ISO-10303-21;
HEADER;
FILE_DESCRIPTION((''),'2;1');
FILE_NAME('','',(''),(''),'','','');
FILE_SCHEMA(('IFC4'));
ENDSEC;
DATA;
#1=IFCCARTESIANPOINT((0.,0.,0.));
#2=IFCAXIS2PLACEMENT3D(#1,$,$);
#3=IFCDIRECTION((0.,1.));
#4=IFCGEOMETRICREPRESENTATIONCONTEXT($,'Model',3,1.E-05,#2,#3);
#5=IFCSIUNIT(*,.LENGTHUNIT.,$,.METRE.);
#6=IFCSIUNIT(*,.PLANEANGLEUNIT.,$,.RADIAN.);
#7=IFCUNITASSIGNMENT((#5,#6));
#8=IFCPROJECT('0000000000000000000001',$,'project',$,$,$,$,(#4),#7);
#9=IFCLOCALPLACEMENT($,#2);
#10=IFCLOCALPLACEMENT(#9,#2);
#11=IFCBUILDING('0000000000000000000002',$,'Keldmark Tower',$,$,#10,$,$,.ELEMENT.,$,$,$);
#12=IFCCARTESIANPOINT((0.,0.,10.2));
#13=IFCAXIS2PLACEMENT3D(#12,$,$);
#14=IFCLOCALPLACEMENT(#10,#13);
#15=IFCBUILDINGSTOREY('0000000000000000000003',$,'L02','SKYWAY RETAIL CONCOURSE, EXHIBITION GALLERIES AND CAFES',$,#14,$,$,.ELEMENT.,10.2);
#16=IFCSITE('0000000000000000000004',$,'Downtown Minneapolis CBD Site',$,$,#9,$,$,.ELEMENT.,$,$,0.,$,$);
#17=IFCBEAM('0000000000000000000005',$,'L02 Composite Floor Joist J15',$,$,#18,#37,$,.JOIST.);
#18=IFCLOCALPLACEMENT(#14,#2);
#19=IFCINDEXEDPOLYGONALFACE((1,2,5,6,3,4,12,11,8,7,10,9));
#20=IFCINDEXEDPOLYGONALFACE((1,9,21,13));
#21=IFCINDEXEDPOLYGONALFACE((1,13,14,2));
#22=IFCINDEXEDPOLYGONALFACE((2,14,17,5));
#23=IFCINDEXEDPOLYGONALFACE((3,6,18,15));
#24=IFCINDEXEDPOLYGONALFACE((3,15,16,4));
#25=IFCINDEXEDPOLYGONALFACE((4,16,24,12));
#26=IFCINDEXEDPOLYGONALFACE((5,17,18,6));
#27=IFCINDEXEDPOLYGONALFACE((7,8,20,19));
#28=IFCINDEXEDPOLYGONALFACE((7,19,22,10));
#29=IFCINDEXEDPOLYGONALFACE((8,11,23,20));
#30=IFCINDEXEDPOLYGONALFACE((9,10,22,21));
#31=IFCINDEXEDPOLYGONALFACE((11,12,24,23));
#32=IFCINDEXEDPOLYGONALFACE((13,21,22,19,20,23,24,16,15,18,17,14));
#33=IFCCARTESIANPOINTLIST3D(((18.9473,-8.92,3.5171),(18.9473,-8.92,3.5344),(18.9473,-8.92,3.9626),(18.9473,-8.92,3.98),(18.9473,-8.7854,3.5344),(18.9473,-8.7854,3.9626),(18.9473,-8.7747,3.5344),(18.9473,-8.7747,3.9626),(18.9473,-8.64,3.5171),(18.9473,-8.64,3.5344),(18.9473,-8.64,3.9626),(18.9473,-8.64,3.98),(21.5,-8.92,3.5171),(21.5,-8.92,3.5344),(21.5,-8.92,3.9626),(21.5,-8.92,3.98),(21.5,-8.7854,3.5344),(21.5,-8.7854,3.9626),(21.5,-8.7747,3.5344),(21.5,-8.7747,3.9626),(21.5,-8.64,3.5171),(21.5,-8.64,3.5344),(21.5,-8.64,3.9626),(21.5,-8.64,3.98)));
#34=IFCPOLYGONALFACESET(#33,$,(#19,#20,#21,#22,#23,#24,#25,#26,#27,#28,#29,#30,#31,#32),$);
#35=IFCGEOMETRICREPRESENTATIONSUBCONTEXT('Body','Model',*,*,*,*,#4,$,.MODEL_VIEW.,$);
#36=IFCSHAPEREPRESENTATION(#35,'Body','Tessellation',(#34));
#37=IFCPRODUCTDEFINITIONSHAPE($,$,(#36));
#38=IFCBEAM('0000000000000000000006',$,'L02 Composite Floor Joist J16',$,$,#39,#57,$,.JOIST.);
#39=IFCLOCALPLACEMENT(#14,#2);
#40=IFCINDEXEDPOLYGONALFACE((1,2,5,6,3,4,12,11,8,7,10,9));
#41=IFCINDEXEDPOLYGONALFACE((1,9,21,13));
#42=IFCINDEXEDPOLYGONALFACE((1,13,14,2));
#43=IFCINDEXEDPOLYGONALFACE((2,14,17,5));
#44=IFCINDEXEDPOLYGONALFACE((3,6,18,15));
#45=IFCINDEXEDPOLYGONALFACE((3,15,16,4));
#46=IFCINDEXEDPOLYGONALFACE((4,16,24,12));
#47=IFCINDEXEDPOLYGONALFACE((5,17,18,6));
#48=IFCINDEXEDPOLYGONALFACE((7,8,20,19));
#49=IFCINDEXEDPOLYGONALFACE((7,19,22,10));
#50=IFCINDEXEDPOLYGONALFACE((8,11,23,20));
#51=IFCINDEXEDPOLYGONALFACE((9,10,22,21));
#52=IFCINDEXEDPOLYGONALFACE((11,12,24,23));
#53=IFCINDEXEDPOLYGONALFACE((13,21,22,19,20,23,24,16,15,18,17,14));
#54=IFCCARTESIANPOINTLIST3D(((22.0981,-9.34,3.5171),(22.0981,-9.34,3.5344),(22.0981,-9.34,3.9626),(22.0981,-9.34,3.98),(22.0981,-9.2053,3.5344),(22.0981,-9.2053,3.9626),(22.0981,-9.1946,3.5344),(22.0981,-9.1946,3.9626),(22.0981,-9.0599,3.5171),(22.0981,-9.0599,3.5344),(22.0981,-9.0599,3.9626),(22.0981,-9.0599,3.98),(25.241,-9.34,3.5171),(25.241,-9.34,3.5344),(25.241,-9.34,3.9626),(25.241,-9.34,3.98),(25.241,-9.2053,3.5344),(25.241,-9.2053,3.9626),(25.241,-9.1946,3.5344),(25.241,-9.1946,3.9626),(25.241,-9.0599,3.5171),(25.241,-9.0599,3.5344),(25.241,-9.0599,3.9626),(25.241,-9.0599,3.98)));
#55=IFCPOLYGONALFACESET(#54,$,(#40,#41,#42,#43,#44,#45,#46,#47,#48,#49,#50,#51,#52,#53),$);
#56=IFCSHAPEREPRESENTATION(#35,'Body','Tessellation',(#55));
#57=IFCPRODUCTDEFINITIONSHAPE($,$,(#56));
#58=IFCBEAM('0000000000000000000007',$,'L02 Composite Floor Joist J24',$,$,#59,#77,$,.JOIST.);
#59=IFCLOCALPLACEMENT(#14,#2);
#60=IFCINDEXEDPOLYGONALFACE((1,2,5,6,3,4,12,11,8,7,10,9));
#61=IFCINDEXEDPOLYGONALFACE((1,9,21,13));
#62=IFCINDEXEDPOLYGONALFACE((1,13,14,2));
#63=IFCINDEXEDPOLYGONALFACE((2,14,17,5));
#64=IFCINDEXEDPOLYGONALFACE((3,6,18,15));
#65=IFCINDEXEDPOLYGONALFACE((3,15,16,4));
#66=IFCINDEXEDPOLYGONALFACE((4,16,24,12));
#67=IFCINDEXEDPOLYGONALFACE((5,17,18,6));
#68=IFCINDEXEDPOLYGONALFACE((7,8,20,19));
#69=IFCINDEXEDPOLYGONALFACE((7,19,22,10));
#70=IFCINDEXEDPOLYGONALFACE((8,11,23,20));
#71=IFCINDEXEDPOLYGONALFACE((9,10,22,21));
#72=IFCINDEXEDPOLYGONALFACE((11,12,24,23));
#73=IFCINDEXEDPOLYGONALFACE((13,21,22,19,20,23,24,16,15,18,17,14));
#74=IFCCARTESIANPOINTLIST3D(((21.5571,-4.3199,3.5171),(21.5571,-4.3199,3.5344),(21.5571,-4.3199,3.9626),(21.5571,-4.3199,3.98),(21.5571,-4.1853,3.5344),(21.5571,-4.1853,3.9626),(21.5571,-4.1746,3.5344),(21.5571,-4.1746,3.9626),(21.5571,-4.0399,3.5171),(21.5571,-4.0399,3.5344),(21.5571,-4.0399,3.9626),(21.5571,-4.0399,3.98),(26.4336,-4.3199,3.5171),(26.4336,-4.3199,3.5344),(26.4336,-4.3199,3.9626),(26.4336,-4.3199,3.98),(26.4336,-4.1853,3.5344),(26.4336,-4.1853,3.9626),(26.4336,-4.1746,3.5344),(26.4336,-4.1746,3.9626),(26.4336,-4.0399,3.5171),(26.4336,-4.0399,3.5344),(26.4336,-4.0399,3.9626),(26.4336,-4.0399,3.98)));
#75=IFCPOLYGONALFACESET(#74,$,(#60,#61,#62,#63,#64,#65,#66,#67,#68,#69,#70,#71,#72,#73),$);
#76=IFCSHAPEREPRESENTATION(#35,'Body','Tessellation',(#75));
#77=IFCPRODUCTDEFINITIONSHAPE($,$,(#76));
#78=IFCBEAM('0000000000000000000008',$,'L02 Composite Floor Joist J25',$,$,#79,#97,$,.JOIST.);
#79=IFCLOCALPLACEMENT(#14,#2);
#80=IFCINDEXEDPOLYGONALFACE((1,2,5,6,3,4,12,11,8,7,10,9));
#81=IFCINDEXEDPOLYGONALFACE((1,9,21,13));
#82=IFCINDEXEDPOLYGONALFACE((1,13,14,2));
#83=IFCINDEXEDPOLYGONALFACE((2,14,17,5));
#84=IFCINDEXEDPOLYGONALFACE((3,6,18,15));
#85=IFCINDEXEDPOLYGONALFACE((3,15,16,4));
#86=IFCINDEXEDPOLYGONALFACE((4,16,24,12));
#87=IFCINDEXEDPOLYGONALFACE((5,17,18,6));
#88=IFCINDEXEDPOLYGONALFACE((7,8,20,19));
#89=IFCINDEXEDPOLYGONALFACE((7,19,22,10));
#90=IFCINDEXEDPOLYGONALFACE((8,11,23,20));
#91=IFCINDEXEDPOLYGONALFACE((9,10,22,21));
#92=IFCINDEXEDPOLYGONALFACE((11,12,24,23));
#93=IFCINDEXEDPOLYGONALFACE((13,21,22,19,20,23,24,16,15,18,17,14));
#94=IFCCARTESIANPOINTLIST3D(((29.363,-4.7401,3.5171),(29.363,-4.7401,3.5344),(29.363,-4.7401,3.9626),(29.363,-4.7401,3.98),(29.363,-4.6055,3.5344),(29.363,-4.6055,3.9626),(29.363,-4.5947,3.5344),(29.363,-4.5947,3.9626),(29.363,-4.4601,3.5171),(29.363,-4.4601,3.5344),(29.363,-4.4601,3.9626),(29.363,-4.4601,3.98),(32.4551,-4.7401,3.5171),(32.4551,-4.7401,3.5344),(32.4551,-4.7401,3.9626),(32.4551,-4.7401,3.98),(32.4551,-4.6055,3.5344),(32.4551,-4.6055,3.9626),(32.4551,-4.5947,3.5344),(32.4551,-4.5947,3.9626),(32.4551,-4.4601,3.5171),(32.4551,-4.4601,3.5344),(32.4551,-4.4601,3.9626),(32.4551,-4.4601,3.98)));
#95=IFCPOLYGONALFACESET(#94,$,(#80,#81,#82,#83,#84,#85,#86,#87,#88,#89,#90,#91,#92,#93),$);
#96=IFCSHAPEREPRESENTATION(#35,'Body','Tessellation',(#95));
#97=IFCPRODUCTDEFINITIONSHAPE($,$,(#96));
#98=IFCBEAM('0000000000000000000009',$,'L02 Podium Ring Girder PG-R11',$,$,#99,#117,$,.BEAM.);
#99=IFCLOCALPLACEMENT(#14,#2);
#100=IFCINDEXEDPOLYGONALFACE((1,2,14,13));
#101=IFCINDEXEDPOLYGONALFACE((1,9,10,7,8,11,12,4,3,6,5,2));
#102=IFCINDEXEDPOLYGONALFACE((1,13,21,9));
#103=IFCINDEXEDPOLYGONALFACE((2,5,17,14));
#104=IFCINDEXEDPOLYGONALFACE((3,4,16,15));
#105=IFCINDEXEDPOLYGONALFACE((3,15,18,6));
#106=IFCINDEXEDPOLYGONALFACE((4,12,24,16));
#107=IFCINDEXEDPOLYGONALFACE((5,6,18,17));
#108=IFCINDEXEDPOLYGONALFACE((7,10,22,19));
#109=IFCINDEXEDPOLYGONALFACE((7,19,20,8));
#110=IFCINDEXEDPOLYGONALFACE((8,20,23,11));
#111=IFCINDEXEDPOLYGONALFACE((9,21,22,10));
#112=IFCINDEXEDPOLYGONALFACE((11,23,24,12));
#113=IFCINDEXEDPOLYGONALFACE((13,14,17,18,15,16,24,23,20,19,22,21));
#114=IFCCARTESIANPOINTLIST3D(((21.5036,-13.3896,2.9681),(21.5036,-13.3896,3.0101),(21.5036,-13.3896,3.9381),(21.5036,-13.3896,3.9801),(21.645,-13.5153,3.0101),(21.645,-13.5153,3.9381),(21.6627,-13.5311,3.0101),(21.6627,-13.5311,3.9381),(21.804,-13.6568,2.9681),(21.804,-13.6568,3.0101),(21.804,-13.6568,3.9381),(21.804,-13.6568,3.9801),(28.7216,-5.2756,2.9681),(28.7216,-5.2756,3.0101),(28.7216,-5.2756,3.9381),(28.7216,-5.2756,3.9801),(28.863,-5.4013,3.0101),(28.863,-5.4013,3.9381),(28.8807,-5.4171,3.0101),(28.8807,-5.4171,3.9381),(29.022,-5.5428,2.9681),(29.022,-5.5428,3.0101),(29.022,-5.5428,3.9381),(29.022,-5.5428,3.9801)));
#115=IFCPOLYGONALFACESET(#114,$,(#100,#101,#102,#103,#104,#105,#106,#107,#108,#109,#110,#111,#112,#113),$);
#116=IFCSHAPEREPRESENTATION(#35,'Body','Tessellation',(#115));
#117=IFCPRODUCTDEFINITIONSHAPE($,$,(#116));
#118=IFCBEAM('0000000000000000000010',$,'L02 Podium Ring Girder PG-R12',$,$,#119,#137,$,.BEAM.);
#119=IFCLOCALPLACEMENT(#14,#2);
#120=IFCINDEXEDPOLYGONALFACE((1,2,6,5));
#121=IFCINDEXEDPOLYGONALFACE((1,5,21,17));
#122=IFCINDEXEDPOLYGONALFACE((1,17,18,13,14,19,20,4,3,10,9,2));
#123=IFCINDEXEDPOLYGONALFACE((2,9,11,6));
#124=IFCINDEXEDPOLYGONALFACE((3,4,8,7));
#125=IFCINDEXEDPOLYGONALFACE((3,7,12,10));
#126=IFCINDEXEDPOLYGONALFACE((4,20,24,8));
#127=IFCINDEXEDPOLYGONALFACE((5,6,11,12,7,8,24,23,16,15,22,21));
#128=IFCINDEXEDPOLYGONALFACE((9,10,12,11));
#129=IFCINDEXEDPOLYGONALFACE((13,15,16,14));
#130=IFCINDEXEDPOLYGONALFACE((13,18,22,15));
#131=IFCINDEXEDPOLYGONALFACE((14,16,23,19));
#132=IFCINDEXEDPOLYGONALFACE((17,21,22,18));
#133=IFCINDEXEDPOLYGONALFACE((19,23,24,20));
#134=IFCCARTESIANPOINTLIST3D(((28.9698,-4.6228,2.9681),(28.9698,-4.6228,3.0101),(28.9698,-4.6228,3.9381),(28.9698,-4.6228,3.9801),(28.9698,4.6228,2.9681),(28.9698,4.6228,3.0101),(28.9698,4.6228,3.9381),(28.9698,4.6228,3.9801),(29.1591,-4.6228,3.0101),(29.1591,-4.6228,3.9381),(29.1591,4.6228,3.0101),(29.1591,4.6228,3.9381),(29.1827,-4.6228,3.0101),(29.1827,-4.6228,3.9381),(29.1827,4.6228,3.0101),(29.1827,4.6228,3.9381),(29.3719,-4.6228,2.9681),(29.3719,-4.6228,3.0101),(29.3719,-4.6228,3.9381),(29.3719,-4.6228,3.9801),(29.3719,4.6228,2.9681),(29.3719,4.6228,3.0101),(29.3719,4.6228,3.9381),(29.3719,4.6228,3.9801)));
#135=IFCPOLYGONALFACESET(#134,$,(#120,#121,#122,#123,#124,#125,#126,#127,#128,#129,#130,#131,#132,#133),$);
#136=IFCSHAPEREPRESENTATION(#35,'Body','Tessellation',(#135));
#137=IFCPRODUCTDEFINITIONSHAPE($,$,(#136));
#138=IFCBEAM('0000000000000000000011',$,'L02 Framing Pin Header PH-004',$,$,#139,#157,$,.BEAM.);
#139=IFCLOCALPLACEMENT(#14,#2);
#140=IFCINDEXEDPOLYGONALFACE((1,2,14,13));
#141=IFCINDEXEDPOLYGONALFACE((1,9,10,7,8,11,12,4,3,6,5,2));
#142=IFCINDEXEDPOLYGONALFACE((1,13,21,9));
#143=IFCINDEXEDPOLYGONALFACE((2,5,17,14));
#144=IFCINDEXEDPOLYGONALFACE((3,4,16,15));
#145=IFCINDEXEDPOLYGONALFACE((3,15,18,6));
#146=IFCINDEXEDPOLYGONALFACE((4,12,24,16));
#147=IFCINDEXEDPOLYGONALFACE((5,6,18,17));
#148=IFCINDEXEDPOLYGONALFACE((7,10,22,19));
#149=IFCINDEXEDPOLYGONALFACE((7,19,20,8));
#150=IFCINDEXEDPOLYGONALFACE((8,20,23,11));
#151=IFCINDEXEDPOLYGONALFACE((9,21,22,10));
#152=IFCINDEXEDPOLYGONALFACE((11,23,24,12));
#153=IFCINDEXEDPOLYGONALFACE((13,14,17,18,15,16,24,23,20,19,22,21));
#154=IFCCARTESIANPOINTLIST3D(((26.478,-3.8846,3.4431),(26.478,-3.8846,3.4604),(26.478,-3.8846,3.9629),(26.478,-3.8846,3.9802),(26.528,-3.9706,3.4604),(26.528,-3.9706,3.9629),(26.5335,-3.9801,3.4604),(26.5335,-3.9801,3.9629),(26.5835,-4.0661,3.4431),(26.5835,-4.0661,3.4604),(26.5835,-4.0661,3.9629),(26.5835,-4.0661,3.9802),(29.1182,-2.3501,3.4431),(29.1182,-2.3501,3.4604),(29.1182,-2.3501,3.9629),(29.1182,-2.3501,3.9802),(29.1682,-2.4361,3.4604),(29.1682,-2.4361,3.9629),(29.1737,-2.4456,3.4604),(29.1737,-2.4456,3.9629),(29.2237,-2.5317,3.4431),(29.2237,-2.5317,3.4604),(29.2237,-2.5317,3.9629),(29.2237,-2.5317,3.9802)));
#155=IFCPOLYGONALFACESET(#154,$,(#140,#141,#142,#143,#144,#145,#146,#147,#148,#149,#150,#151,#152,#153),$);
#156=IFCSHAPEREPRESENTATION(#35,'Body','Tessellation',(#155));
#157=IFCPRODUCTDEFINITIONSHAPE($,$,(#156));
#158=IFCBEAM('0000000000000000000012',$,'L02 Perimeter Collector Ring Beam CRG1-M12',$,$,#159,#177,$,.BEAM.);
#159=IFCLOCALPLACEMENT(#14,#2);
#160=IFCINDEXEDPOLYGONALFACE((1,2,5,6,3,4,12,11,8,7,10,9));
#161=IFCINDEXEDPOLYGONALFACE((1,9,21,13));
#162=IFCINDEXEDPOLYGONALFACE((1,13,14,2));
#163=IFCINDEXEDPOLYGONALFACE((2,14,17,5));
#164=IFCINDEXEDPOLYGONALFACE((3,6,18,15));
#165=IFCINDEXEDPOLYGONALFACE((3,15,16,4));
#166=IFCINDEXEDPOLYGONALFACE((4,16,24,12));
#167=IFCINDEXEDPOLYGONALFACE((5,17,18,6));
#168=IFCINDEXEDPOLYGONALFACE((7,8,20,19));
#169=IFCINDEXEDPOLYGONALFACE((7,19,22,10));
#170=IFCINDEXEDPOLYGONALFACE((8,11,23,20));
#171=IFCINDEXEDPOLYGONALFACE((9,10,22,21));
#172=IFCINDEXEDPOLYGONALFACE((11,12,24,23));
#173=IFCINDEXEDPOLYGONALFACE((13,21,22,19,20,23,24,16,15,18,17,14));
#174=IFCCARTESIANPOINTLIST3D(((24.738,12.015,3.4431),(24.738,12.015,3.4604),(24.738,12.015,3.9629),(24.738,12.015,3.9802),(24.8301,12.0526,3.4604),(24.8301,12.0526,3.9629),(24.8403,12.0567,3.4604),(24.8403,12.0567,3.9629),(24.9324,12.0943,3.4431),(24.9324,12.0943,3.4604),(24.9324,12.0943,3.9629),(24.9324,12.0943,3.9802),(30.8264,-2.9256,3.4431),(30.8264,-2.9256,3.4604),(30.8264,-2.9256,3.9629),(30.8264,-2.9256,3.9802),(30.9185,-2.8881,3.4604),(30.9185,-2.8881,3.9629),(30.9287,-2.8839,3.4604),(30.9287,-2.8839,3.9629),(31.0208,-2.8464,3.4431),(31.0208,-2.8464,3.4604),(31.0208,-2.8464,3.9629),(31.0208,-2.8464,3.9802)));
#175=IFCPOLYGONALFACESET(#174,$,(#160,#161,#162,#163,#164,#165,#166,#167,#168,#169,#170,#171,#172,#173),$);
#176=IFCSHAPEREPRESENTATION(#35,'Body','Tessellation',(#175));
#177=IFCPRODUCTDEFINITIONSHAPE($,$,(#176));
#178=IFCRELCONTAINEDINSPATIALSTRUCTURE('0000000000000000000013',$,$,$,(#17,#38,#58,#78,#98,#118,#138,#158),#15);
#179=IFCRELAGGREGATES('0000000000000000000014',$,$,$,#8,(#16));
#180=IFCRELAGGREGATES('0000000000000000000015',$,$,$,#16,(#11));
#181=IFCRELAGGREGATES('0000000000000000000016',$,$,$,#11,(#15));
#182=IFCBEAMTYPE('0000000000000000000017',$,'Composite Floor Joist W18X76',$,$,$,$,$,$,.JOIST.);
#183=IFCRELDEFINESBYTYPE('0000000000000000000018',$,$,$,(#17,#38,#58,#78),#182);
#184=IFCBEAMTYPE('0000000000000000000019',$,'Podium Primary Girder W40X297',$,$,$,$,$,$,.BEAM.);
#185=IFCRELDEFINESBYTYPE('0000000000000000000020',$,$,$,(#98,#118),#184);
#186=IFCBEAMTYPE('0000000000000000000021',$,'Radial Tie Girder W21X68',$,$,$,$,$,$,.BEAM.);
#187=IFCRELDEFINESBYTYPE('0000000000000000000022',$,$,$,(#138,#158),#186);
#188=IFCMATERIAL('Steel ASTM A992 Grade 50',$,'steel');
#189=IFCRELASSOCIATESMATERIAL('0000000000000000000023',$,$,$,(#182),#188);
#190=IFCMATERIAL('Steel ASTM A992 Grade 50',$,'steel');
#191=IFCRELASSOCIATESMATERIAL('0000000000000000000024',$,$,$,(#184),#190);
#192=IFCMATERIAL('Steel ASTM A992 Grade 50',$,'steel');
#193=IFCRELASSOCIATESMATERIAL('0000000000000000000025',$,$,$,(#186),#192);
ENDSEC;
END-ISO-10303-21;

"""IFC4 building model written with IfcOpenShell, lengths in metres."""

from ifc_helpers import new_model, si_unit, direction, frame, origin, origin_2d, place, context, subcontext, project, spatial, i_section, extrude, material, material_profile, profile_set, type_object, element, save


model = new_model("IFC4")

# Units and contexts
model_context = context("Model", 3, precision=1e-05, world=origin(), true_north=direction((0.0, 1.0)))
body_context = subcontext(model_context, "Body", "Model", "MODEL_VIEW")
ifc_project = project(units=[si_unit("LENGTHUNIT", "METRE"), si_unit("PLANEANGLEUNIT", "RADIAN")], contexts=[model_context])

# Site, building, storey
site_placement = place(None, origin())
site = spatial("IfcSite", under=ifc_project, at=site_placement, Name="Downtown Minneapolis CBD Site", CompositionType="ELEMENT", RefElevation=0.0)
building_placement = place(site_placement, origin())
building = spatial("IfcBuilding", under=site, at=building_placement, Name="Keldmark Tower", CompositionType="ELEMENT")
storey_placement = place(building_placement, frame((0.0, 0.0, 10.2)))
storey = spatial("IfcBuildingStorey", under=building, at=storey_placement, Name="L02", Description="SKYWAY RETAIL CONCOURSE, EXHIBITION GALLERIES AND CAFES", CompositionType="ELEMENT", Elevation=10.2)

# Beams
ifc_material_1 = material(Name="Steel ASTM A992 Grade 50", Category="steel")
ifc_material_profile_1 = material_profile(ifc_material_1, i_section(OverallWidth=0.28, OverallDepth=0.4629, WebThickness=0.0107, FlangeThickness=0.0173, at=origin_2d()), Name="W18X76")
ifc_profile_set_1 = profile_set([ifc_material_profile_1], Name="Steel ASTM A992 Grade 50")
beam_type_1 = type_object("IfcBeamType", Name="Composite Floor Joist W18X76", PredefinedType="JOIST", material=ifc_profile_set_1)
beam_1_placement = place(storey_placement, frame((18.9473, -8.78, 3.7485), z_axis=(1.0, 0.0, 0.0), x_axis=(0.0, 1.0, 0.0)))
element("IfcBeam", 1, at=beam_1_placement, inside=storey, type_object=beam_type_1, Name="L02 Composite Floor Joist J15", PredefinedType="JOIST", context=body_context, shape_type="SweptSolid", body=[
    extrude(i_section(OverallWidth=0.28, OverallDepth=0.4629, WebThickness=0.0107, FlangeThickness=0.0173, at=origin_2d()), origin(), (0.0, 0.0, 1.0), 2.5527),
])
beam_2_placement = place(storey_placement, frame((22.0981, -9.2, 3.7485), z_axis=(1.0, 0.0, 0.0), x_axis=(0.0, 1.0, 0.0)))
element("IfcBeam", 2, at=beam_2_placement, inside=storey, type_object=beam_type_1, Name="L02 Composite Floor Joist J16", PredefinedType="JOIST", context=body_context, shape_type="SweptSolid", body=[
    extrude(i_section(OverallWidth=0.28, OverallDepth=0.4629, WebThickness=0.0107, FlangeThickness=0.0173, at=origin_2d()), origin(), (0.0, 0.0, 1.0), 3.1428),
])
beam_3_placement = place(storey_placement, frame((21.5571, -4.1799, 3.7485), z_axis=(1.0, 0.0, 0.0), x_axis=(0.0, 1.0, 0.0)))
element("IfcBeam", 3, at=beam_3_placement, inside=storey, type_object=beam_type_1, Name="L02 Composite Floor Joist J24", PredefinedType="JOIST", context=body_context, shape_type="SweptSolid", body=[
    extrude(i_section(OverallWidth=0.28, OverallDepth=0.4629, WebThickness=0.0107, FlangeThickness=0.0173, at=origin_2d()), origin(), (0.0, 0.0, 1.0), 4.8765),
])
beam_4_placement = place(storey_placement, frame((29.363, -4.6001, 3.7485), z_axis=(1.0, 0.0, 0.0), x_axis=(0.0, 1.0, 0.0)))
element("IfcBeam", 4, at=beam_4_placement, inside=storey, type_object=beam_type_1, Name="L02 Composite Floor Joist J25", PredefinedType="JOIST", context=body_context, shape_type="SweptSolid", body=[
    extrude(i_section(OverallWidth=0.28, OverallDepth=0.4629, WebThickness=0.0107, FlangeThickness=0.0173, at=origin_2d()), origin(), (0.0, 0.0, 1.0), 3.092),
])
ifc_material_2 = material(Name="Steel ASTM A992 Grade 50", Category="steel")
ifc_material_profile_2 = material_profile(ifc_material_2, i_section(OverallWidth=0.4021, OverallDepth=1.012, WebThickness=0.0237, FlangeThickness=0.042, at=origin_2d()), Name="W40X297")
ifc_profile_set_2 = profile_set([ifc_material_profile_2], Name="Steel ASTM A992 Grade 50")
beam_type_2 = type_object("IfcBeamType", Name="Podium Primary Girder W40X297", PredefinedType="BEAM", material=ifc_profile_set_2)
beam_5_placement = place(storey_placement, frame((21.6538, -13.5232, 3.4741), z_axis=(0.66465, 0.747155, 0.0), x_axis=(-0.747155, 0.66465, 0.0)))
element("IfcBeam", 5, at=beam_5_placement, inside=storey, type_object=beam_type_2, Name="L02 Podium Ring Girder PG-R11", PredefinedType="BEAM", context=body_context, shape_type="SweptSolid", body=[
    extrude(i_section(OverallWidth=0.4021, OverallDepth=1.012, WebThickness=0.0237, FlangeThickness=0.042, at=origin_2d()), origin(), (0.0, 0.0, 1.0), 10.8599),
])
beam_6_placement = place(storey_placement, frame((29.1709, -4.6228, 3.4741), z_axis=(0.0, 1.0, 0.0), x_axis=(-1.0, 0.0, 0.0)))
element("IfcBeam", 6, at=beam_6_placement, inside=storey, type_object=beam_type_2, Name="L02 Podium Ring Girder PG-R12", PredefinedType="BEAM", context=body_context, shape_type="SweptSolid", body=[
    extrude(i_section(OverallWidth=0.4021, OverallDepth=1.012, WebThickness=0.0237, FlangeThickness=0.042, at=origin_2d()), origin(), (0.0, 0.0, 1.0), 9.2456),
])
ifc_material_3 = material(Name="Steel ASTM A992 Grade 50", Category="steel")
ifc_material_profile_3 = material_profile(ifc_material_3, i_section(OverallWidth=0.21, OverallDepth=0.5371, WebThickness=0.011, FlangeThickness=0.0173, at=origin_2d()), Name="W21X68")
ifc_profile_set_3 = profile_set([ifc_material_profile_3], Name="Steel ASTM A992 Grade 50")
beam_type_3 = type_object("IfcBeamType", Name="Radial Tie Girder W21X68", PredefinedType="BEAM", material=ifc_profile_set_3)
beam_7_placement = place(storey_placement, frame((26.5308, -3.9753, 3.7117), z_axis=(0.864584, 0.502488, 0.0), x_axis=(-0.502488, 0.864584, 0.0)))
element("IfcBeam", 7, at=beam_7_placement, inside=storey, type_object=beam_type_3, Name="L02 Framing Pin Header PH-004", PredefinedType="BEAM", context=body_context, shape_type="SweptSolid", body=[
    extrude(i_section(OverallWidth=0.21, OverallDepth=0.5371, WebThickness=0.011, FlangeThickness=0.0173, at=origin_2d()), origin(), (0.0, 0.0, 1.0), 3.0537),
])
beam_8_placement = place(storey_placement, frame((30.9236, -2.886, 3.7117), z_axis=(-0.377373, 0.926061, 0.0), x_axis=(-0.926061, -0.377373, 0.0)))
element("IfcBeam", 8, at=beam_8_placement, inside=storey, type_object=beam_type_3, Name="L02 Perimeter Collector Ring Beam CRG1-M12", PredefinedType="BEAM", context=body_context, shape_type="SweptSolid", body=[
    extrude(i_section(OverallWidth=0.21, OverallDepth=0.5371, WebThickness=0.011, FlangeThickness=0.0173, at=origin_2d()), origin(), (0.0, 0.0, 1.0), 16.1335),
])

save(model, "model.ifc")
